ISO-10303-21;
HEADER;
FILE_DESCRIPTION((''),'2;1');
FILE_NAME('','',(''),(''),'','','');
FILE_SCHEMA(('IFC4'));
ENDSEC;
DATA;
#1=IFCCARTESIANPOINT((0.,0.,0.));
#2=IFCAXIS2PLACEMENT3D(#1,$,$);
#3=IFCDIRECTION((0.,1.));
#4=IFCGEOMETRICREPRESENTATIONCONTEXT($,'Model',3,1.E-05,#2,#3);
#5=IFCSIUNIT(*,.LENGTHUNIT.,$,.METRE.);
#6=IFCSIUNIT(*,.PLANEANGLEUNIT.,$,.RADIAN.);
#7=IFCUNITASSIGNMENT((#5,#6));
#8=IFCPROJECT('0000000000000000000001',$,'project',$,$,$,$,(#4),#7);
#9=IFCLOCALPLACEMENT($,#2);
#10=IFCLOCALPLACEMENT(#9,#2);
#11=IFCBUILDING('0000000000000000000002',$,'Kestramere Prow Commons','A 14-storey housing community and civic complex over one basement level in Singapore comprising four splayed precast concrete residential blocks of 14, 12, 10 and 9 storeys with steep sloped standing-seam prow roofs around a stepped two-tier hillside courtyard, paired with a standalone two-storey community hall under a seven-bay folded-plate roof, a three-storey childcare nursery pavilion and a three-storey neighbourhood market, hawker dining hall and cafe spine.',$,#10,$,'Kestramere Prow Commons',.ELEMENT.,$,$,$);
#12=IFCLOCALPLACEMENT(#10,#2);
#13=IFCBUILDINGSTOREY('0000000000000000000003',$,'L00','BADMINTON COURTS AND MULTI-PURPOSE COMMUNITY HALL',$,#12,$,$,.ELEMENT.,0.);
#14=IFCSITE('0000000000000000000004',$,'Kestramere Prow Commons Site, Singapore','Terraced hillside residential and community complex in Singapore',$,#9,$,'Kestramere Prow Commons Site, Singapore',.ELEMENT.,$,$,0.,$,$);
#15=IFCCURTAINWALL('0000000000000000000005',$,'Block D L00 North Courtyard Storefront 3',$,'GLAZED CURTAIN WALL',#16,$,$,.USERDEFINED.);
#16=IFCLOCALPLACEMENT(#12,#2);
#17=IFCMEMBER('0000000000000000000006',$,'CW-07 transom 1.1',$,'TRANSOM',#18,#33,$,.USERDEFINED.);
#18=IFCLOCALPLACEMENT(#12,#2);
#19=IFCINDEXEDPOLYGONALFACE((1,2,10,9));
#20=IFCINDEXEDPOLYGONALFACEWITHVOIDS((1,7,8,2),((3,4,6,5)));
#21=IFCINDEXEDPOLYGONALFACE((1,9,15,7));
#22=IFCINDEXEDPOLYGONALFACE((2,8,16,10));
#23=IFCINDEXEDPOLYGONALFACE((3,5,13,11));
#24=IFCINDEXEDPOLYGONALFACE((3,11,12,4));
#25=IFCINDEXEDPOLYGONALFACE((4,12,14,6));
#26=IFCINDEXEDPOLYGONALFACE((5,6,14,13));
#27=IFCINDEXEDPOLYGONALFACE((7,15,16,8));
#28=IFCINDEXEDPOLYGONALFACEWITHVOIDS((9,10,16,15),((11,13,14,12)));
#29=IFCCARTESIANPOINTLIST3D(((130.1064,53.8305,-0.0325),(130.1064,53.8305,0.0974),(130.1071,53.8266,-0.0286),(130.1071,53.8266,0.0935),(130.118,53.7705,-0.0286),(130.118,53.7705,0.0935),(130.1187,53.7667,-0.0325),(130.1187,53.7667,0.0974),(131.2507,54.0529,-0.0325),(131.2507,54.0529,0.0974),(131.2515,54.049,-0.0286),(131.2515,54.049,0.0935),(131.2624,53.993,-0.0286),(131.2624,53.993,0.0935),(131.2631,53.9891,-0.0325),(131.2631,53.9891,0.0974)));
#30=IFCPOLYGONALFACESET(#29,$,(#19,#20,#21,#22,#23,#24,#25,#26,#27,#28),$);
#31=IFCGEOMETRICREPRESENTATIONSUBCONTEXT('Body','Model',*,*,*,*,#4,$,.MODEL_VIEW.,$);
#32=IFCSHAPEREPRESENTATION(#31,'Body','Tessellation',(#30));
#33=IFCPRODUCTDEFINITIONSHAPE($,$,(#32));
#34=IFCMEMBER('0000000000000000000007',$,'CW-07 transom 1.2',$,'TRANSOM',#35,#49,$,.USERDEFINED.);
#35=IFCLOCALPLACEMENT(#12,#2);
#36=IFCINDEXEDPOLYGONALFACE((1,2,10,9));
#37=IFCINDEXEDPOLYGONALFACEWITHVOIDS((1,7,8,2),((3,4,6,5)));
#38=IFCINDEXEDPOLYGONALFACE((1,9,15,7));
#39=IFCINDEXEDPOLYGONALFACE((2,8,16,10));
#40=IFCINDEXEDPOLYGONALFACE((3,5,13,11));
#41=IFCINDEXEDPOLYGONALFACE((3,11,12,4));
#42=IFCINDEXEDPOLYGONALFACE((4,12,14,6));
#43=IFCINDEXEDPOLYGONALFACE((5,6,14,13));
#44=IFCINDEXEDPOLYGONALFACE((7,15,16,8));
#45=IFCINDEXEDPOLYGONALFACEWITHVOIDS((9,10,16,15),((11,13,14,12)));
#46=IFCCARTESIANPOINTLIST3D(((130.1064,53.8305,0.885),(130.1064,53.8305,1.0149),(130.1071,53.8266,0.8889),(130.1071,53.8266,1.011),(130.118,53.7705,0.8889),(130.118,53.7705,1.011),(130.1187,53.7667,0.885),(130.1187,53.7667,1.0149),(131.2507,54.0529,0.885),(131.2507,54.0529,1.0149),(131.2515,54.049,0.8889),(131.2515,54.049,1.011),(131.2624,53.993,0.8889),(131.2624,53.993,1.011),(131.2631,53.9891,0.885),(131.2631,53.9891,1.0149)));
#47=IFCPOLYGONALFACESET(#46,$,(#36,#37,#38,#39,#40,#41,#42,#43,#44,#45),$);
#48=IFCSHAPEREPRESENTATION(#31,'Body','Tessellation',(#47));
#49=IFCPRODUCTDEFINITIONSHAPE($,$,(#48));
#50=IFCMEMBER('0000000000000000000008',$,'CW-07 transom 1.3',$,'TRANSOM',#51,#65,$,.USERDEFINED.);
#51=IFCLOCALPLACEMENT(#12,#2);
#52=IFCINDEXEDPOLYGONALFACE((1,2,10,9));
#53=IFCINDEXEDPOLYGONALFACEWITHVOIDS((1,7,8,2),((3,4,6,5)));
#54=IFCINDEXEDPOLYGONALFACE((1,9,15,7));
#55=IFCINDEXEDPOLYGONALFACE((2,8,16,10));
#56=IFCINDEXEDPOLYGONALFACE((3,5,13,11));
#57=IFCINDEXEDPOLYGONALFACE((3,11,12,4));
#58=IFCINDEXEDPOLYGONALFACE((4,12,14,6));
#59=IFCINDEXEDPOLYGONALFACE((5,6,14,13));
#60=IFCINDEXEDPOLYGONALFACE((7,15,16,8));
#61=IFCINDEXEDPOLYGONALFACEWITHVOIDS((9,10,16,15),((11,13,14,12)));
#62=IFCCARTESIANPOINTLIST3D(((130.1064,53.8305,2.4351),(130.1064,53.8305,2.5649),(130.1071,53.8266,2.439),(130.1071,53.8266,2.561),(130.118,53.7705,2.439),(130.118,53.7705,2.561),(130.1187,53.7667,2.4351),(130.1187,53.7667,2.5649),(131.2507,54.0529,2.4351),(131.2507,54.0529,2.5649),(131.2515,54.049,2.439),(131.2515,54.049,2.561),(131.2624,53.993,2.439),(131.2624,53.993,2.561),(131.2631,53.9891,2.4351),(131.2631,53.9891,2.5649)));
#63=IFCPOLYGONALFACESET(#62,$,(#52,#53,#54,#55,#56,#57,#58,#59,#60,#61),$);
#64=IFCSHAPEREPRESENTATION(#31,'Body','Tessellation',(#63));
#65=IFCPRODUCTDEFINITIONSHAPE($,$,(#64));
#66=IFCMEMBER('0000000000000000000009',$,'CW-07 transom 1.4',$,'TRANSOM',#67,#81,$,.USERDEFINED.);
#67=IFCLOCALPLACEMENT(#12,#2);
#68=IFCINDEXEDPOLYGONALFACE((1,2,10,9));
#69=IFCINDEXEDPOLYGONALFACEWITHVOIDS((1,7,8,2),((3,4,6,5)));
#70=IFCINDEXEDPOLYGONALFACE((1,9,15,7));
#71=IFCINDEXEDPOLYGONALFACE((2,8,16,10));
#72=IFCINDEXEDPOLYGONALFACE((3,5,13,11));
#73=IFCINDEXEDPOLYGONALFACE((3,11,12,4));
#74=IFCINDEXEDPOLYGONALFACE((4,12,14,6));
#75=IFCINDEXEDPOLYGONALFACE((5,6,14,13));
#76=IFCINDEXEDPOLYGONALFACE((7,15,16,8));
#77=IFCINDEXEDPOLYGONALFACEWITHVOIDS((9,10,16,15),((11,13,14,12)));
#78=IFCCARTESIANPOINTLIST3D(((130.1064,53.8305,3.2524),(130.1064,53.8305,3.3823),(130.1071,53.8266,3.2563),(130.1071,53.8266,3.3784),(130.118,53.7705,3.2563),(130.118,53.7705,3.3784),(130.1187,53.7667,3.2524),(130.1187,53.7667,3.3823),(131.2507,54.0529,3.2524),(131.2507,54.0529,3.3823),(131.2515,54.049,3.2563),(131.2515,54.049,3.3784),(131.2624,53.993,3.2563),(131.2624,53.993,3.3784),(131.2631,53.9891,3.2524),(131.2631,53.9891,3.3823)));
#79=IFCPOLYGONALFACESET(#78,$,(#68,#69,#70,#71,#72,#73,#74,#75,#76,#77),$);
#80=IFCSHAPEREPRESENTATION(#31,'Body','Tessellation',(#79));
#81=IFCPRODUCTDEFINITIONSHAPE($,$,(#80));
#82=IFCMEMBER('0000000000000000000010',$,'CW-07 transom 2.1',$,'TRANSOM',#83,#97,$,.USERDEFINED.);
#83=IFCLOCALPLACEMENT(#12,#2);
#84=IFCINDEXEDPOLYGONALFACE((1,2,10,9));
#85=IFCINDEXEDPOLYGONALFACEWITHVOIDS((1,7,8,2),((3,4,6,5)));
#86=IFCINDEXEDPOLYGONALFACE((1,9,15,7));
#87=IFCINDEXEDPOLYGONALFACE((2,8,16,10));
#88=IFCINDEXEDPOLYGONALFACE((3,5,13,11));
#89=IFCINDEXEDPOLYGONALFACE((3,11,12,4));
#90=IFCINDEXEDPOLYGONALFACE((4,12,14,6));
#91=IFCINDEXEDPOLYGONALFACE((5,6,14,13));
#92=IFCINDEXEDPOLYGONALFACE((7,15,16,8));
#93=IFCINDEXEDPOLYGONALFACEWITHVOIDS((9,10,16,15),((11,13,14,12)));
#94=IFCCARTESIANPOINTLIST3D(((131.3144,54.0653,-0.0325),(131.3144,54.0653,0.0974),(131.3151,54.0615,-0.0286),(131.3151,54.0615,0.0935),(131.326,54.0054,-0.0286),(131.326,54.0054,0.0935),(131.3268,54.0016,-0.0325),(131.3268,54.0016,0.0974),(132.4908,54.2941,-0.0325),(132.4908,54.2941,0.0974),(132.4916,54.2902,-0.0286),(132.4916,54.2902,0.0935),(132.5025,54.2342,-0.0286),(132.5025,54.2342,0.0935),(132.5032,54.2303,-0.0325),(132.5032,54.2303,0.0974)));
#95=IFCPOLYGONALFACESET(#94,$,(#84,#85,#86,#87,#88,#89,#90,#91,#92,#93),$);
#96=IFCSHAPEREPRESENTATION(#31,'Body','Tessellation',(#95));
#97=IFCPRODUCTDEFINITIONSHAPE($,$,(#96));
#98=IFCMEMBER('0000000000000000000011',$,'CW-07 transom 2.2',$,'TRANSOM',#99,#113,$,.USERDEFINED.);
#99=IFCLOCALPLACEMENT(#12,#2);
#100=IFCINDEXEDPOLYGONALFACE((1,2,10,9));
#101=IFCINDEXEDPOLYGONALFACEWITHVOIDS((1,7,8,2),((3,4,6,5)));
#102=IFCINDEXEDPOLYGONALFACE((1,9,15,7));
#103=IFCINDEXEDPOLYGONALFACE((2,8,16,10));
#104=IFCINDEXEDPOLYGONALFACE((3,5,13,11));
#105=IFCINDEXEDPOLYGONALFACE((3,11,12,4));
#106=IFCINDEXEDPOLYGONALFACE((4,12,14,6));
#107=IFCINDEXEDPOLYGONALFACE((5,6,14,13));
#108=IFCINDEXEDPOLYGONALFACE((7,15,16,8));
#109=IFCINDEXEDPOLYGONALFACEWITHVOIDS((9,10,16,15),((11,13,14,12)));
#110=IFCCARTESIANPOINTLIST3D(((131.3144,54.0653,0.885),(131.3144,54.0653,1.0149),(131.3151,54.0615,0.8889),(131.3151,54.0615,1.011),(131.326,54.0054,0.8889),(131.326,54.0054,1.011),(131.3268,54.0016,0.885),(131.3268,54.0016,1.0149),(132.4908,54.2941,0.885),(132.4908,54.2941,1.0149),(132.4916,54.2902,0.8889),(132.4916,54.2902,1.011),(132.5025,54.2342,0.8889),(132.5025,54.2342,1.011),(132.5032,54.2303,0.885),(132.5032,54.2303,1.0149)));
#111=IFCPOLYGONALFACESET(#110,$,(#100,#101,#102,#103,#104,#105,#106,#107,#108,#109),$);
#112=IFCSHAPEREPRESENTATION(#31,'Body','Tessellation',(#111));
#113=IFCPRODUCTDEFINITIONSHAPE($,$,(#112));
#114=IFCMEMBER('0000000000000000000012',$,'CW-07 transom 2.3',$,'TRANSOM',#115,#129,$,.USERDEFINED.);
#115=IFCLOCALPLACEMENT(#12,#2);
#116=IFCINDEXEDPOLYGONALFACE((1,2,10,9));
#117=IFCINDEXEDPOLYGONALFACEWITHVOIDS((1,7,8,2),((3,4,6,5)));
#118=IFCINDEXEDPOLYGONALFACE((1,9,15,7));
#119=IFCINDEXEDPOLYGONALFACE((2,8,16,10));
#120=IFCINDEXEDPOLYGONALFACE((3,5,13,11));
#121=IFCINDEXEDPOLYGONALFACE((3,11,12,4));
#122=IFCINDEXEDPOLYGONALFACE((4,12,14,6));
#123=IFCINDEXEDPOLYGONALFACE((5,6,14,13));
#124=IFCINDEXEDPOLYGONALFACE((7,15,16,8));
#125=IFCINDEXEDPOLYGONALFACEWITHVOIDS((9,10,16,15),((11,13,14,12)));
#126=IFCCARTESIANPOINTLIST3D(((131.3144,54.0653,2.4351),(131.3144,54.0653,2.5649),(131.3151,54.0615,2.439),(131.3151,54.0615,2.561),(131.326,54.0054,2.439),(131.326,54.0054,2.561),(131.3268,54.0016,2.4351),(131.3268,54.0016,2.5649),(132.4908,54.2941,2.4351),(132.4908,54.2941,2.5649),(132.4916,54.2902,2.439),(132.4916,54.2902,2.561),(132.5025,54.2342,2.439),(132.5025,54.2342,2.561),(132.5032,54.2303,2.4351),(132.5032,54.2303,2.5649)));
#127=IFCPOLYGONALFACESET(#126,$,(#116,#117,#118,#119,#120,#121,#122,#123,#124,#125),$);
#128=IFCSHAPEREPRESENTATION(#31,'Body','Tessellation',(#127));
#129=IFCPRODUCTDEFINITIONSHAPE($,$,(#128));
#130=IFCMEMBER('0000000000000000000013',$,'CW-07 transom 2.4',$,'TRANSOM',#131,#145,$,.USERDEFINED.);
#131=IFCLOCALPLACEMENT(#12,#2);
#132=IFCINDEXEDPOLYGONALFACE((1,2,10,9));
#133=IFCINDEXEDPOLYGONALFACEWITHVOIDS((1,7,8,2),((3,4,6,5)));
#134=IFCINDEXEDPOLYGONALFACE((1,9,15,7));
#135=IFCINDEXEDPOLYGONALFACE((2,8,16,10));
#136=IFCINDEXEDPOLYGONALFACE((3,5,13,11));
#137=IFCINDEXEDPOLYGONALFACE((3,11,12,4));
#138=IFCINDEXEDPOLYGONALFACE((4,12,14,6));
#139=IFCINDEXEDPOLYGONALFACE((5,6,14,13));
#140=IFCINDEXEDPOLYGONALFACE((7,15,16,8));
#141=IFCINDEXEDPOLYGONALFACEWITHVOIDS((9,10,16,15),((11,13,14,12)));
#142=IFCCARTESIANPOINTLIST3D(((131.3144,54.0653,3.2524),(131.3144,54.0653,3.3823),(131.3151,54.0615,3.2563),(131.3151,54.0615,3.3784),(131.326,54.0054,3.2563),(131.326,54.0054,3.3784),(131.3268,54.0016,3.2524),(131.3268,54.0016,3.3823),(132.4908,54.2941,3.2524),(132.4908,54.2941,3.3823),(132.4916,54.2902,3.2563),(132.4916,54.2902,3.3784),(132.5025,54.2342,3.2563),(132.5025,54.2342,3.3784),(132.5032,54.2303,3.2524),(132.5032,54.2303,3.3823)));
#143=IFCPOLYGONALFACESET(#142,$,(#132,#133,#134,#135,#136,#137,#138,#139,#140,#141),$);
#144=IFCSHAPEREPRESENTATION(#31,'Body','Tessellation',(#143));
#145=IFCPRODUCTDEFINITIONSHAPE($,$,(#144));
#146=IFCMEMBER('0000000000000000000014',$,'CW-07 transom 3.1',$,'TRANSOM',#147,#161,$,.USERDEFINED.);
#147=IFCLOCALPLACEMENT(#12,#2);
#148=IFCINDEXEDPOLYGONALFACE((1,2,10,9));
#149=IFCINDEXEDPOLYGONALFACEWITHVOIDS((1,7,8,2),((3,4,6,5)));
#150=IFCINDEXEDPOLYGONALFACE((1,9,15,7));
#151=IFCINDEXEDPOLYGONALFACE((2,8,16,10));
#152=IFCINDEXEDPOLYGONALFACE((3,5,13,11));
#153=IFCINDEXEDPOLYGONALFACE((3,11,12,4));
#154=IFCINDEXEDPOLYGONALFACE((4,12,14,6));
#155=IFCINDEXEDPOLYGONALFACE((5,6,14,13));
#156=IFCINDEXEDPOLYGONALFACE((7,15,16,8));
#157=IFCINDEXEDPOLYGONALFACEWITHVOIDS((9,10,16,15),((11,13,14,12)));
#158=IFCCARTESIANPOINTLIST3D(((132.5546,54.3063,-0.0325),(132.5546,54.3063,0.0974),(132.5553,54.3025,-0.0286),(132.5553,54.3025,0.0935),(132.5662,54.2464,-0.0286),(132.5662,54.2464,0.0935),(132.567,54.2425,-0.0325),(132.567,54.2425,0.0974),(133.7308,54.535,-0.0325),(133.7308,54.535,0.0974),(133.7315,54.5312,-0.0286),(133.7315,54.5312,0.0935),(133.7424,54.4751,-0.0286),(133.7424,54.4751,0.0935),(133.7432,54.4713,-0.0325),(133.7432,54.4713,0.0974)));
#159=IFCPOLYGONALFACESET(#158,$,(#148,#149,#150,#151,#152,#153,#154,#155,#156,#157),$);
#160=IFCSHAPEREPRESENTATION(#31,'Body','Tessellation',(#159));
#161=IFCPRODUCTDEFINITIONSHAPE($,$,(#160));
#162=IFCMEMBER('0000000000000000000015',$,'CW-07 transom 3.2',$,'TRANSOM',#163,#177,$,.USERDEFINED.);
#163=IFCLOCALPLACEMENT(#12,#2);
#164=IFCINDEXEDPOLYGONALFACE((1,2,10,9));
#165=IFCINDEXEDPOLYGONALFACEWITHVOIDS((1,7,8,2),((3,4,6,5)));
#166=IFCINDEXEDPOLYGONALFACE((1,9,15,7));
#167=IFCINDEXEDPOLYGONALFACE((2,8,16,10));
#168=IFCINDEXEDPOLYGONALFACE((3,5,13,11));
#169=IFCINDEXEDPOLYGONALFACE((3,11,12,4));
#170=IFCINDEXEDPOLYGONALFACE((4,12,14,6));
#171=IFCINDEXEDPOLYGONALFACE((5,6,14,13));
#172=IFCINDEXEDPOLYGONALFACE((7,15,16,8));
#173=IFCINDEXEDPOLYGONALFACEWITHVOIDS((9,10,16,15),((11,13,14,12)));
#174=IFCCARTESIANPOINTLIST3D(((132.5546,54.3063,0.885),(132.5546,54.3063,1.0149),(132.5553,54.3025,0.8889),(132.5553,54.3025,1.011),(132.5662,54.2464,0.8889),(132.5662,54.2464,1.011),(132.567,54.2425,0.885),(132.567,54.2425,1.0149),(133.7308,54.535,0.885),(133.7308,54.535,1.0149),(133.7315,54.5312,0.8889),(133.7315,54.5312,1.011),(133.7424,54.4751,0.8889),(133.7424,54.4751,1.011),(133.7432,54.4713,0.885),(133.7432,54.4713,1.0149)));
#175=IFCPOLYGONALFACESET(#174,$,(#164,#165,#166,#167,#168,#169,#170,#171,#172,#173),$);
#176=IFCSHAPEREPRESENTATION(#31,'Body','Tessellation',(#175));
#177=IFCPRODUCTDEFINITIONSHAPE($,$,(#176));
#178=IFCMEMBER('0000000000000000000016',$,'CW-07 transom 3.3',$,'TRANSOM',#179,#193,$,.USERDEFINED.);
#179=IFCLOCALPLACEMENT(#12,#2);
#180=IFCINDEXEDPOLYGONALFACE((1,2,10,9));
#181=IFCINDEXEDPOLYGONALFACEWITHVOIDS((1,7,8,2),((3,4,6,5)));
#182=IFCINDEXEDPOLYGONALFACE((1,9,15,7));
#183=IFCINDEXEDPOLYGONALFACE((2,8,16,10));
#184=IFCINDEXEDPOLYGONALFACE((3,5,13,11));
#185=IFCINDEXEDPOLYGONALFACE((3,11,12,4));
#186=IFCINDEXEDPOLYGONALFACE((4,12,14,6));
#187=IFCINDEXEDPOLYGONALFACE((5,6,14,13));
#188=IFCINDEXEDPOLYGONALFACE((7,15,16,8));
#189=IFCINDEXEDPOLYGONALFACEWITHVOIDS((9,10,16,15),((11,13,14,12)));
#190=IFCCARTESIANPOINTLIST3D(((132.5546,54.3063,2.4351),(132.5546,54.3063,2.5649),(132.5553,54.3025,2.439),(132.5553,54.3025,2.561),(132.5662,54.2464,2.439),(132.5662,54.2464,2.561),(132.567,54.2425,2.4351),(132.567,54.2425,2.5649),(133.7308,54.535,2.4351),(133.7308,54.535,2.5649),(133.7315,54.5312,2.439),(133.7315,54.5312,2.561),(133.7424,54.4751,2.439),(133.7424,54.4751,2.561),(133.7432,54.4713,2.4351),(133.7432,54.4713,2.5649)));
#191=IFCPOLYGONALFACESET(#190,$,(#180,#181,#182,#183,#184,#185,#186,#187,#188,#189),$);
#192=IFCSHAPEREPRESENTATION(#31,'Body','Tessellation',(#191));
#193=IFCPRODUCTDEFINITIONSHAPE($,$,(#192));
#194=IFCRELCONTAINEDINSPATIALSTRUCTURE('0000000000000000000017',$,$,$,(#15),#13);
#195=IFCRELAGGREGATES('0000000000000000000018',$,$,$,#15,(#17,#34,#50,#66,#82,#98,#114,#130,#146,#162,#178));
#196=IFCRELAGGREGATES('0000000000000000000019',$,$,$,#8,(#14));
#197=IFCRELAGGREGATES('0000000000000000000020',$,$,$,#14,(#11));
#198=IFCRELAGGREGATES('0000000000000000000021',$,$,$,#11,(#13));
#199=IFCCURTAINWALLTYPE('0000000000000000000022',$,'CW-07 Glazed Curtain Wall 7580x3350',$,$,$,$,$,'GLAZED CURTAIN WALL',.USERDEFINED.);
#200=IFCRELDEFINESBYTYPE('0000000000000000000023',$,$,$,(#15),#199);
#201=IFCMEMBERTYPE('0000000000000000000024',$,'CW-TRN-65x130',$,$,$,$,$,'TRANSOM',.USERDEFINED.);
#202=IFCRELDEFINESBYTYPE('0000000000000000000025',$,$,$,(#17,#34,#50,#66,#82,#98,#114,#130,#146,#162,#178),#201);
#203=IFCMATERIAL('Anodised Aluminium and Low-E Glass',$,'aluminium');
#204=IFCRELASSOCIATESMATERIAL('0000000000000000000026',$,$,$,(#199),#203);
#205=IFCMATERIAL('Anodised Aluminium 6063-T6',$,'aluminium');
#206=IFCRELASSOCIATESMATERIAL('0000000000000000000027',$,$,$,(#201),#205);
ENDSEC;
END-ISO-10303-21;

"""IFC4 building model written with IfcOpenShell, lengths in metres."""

from ifc_helpers import new_model, si_unit, direction, frame, origin, origin_2d, place, context, subcontext, project, spatial, hollow_rectangle, extrude, material, material_profile, profile_set, type_object, element, aggregate, save


model = new_model("IFC4")

# Units and contexts
model_context = context("Model", 3, precision=1e-05, world=origin(), true_north=direction((0.0, 1.0)))
body_context = subcontext(model_context, "Body", "Model", "MODEL_VIEW")
ifc_project = project(units=[si_unit("LENGTHUNIT", "METRE"), si_unit("PLANEANGLEUNIT", "RADIAN")], contexts=[model_context])

# Site, building, storey
site_placement = place(None, origin())
site = spatial("IfcSite", under=ifc_project, at=site_placement, Name="Kestramere Prow Commons Site, Singapore", Description="Terraced hillside residential and community complex in Singapore", LongName="Kestramere Prow Commons Site, Singapore", CompositionType="ELEMENT", RefElevation=0.0)
building_placement = place(site_placement, origin())
building = spatial("IfcBuilding", under=site, at=building_placement, Name="Kestramere Prow Commons", Description="A 14-storey housing community and civic complex over one basement level in Singapore comprising four splayed precast concrete residential blocks of 14, 12, 10 and 9 storeys with steep sloped standing-seam prow roofs around a stepped two-tier hillside courtyard, paired with a standalone two-storey community hall under a seven-bay folded-plate roof, a three-storey childcare nursery pavilion and a three-storey neighbourhood market, hawker dining hall and cafe spine.", LongName="Kestramere Prow Commons", CompositionType="ELEMENT")
storey_placement = place(building_placement, origin())
storey = spatial("IfcBuildingStorey", under=building, at=storey_placement, Name="L00", Description="BADMINTON COURTS AND MULTI-PURPOSE COMMUNITY HALL", CompositionType="ELEMENT", Elevation=0.0)

# Shared definitions
ifc_material_1 = material(Name="Anodised Aluminium and Low-E Glass", Category="aluminium")
curtain_wall_type = type_object("IfcCurtainWallType", Name="CW-07 Glazed Curtain Wall 7580x3350", ElementType="GLAZED CURTAIN WALL", PredefinedType="USERDEFINED", material=ifc_material_1)
ifc_material_2 = material(Name="Anodised Aluminium 6063-T6", Category="aluminium")

# Curtain wall, members
curtain_wall_1_placement = place(storey_placement, origin())
curtain_wall_1 = element("IfcCurtainWall", 1, at=curtain_wall_1_placement, inside=storey, type_object=curtain_wall_type, Name="Block D L00 North Courtyard Storefront 3", ObjectType="GLAZED CURTAIN WALL", PredefinedType="USERDEFINED")
ifc_material_profile_1 = material_profile(ifc_material_2, hollow_rectangle(XDim=0.0649, YDim=0.1299, WallThickness=0.0039, at=origin_2d()), Name="ALU-TRN 65x130")
ifc_profile_set_1 = profile_set([ifc_material_profile_1], Name="Anodised Aluminium 6063-T6")
member_type_1 = type_object("IfcMemberType", Name="CW-TRN-65x130", ElementType="TRANSOM", PredefinedType="USERDEFINED", material=ifc_profile_set_1)
member_1_placement = place(storey_placement, frame((130.1125, 53.7986, 0.0325), z_axis=(0.98163, 0.190797, 0.0), x_axis=(-0.190797, 0.98163, 0.0)))
member_1 = element("IfcMember", 2, at=member_1_placement, type_object=member_type_1, Name="CW-07 transom 1.1", ObjectType="TRANSOM", PredefinedType="USERDEFINED", context=body_context, shape_type="SweptSolid", body=[
    extrude(hollow_rectangle(XDim=0.0649, YDim=0.1299, WallThickness=0.0039, at=origin_2d()), origin(), (0.0, 0.0, 1.0), 1.1658),
])
member_2_placement = place(storey_placement, frame((130.1125, 53.7986, 0.95), z_axis=(0.98163, 0.190797, 0.0), x_axis=(-0.190797, 0.98163, 0.0)))
member_2 = element("IfcMember", 3, at=member_2_placement, type_object=member_type_1, Name="CW-07 transom 1.2", ObjectType="TRANSOM", PredefinedType="USERDEFINED", context=body_context, shape_type="SweptSolid", body=[
    extrude(hollow_rectangle(XDim=0.0649, YDim=0.1299, WallThickness=0.0039, at=origin_2d()), origin(), (0.0, 0.0, 1.0), 1.1658),
])
member_3_placement = place(storey_placement, frame((130.1125, 53.7986, 2.5), z_axis=(0.98163, 0.190797, 0.0), x_axis=(-0.190797, 0.98163, 0.0)))
member_3 = element("IfcMember", 4, at=member_3_placement, type_object=member_type_1, Name="CW-07 transom 1.3", ObjectType="TRANSOM", PredefinedType="USERDEFINED", context=body_context, shape_type="SweptSolid", body=[
    extrude(hollow_rectangle(XDim=0.0649, YDim=0.1299, WallThickness=0.0039, at=origin_2d()), origin(), (0.0, 0.0, 1.0), 1.1658),
])
member_4_placement = place(storey_placement, frame((130.1125, 53.7986, 3.3174), z_axis=(0.98163, 0.190797, 0.0), x_axis=(-0.190797, 0.98163, 0.0)))
member_4 = element("IfcMember", 5, at=member_4_placement, type_object=member_type_1, Name="CW-07 transom 1.4", ObjectType="TRANSOM", PredefinedType="USERDEFINED", context=body_context, shape_type="SweptSolid", body=[
    extrude(hollow_rectangle(XDim=0.0649, YDim=0.1299, WallThickness=0.0039, at=origin_2d()), origin(), (0.0, 0.0, 1.0), 1.1658),
])
member_5_placement = place(storey_placement, frame((131.3206, 54.0334, 0.0325), z_axis=(0.981616, 0.190864, 0.0), x_axis=(-0.190864, 0.981616, 0.0)))
member_5 = element("IfcMember", 6, at=member_5_placement, type_object=member_type_1, Name="CW-07 transom 2.1", ObjectType="TRANSOM", PredefinedType="USERDEFINED", context=body_context, shape_type="SweptSolid", body=[
    extrude(hollow_rectangle(XDim=0.0649, YDim=0.1299, WallThickness=0.0039, at=origin_2d()), origin(), (0.0, 0.0, 1.0), 1.1985),
])
member_6_placement = place(storey_placement, frame((131.3206, 54.0334, 0.95), z_axis=(0.981616, 0.190864, 0.0), x_axis=(-0.190864, 0.981616, 0.0)))
member_6 = element("IfcMember", 7, at=member_6_placement, type_object=member_type_1, Name="CW-07 transom 2.2", ObjectType="TRANSOM", PredefinedType="USERDEFINED", context=body_context, shape_type="SweptSolid", body=[
    extrude(hollow_rectangle(XDim=0.0649, YDim=0.1299, WallThickness=0.0039, at=origin_2d()), origin(), (0.0, 0.0, 1.0), 1.1985),
])
member_7_placement = place(storey_placement, frame((131.3206, 54.0334, 2.5), z_axis=(0.981616, 0.190864, 0.0), x_axis=(-0.190864, 0.981616, 0.0)))
member_7 = element("IfcMember", 8, at=member_7_placement, type_object=member_type_1, Name="CW-07 transom 2.3", ObjectType="TRANSOM", PredefinedType="USERDEFINED", context=body_context, shape_type="SweptSolid", body=[
    extrude(hollow_rectangle(XDim=0.0649, YDim=0.1299, WallThickness=0.0039, at=origin_2d()), origin(), (0.0, 0.0, 1.0), 1.1985),
])
member_8_placement = place(storey_placement, frame((131.3206, 54.0334, 3.3174), z_axis=(0.981616, 0.190864, 0.0), x_axis=(-0.190864, 0.981616, 0.0)))
member_8 = element("IfcMember", 9, at=member_8_placement, type_object=member_type_1, Name="CW-07 transom 2.4", ObjectType="TRANSOM", PredefinedType="USERDEFINED", context=body_context, shape_type="SweptSolid", body=[
    extrude(hollow_rectangle(XDim=0.0649, YDim=0.1299, WallThickness=0.0039, at=origin_2d()), origin(), (0.0, 0.0, 1.0), 1.1985),
])
member_9_placement = place(storey_placement, frame((132.5608, 54.2744, 0.0325), z_axis=(0.981609, 0.190902, 0.0), x_axis=(-0.190902, 0.981609, 0.0)))
member_9 = element("IfcMember", 10, at=member_9_placement, type_object=member_type_1, Name="CW-07 transom 3.1", ObjectType="TRANSOM", PredefinedType="USERDEFINED", context=body_context, shape_type="SweptSolid", body=[
    extrude(hollow_rectangle(XDim=0.0649, YDim=0.1299, WallThickness=0.0039, at=origin_2d()), origin(), (0.0, 0.0, 1.0), 1.1982),
])
member_10_placement = place(storey_placement, frame((132.5608, 54.2744, 0.95), z_axis=(0.981609, 0.190902, 0.0), x_axis=(-0.190902, 0.981609, 0.0)))
member_10 = element("IfcMember", 11, at=member_10_placement, type_object=member_type_1, Name="CW-07 transom 3.2", ObjectType="TRANSOM", PredefinedType="USERDEFINED", context=body_context, shape_type="SweptSolid", body=[
    extrude(hollow_rectangle(XDim=0.0649, YDim=0.1299, WallThickness=0.0039, at=origin_2d()), origin(), (0.0, 0.0, 1.0), 1.1982),
])
member_11_placement = place(storey_placement, frame((132.5608, 54.2744, 2.5), z_axis=(0.981609, 0.190902, 0.0), x_axis=(-0.190902, 0.981609, 0.0)))
member_11 = element("IfcMember", 12, at=member_11_placement, type_object=member_type_1, Name="CW-07 transom 3.3", ObjectType="TRANSOM", PredefinedType="USERDEFINED", context=body_context, shape_type="SweptSolid", body=[
    extrude(hollow_rectangle(XDim=0.0649, YDim=0.1299, WallThickness=0.0039, at=origin_2d()), origin(), (0.0, 0.0, 1.0), 1.1982),
])

aggregate(curtain_wall_1, [member_1, member_2, member_3, member_4, member_5, member_6, member_7, member_8, member_9, member_10, member_11])

save(model, "model.ifc")
